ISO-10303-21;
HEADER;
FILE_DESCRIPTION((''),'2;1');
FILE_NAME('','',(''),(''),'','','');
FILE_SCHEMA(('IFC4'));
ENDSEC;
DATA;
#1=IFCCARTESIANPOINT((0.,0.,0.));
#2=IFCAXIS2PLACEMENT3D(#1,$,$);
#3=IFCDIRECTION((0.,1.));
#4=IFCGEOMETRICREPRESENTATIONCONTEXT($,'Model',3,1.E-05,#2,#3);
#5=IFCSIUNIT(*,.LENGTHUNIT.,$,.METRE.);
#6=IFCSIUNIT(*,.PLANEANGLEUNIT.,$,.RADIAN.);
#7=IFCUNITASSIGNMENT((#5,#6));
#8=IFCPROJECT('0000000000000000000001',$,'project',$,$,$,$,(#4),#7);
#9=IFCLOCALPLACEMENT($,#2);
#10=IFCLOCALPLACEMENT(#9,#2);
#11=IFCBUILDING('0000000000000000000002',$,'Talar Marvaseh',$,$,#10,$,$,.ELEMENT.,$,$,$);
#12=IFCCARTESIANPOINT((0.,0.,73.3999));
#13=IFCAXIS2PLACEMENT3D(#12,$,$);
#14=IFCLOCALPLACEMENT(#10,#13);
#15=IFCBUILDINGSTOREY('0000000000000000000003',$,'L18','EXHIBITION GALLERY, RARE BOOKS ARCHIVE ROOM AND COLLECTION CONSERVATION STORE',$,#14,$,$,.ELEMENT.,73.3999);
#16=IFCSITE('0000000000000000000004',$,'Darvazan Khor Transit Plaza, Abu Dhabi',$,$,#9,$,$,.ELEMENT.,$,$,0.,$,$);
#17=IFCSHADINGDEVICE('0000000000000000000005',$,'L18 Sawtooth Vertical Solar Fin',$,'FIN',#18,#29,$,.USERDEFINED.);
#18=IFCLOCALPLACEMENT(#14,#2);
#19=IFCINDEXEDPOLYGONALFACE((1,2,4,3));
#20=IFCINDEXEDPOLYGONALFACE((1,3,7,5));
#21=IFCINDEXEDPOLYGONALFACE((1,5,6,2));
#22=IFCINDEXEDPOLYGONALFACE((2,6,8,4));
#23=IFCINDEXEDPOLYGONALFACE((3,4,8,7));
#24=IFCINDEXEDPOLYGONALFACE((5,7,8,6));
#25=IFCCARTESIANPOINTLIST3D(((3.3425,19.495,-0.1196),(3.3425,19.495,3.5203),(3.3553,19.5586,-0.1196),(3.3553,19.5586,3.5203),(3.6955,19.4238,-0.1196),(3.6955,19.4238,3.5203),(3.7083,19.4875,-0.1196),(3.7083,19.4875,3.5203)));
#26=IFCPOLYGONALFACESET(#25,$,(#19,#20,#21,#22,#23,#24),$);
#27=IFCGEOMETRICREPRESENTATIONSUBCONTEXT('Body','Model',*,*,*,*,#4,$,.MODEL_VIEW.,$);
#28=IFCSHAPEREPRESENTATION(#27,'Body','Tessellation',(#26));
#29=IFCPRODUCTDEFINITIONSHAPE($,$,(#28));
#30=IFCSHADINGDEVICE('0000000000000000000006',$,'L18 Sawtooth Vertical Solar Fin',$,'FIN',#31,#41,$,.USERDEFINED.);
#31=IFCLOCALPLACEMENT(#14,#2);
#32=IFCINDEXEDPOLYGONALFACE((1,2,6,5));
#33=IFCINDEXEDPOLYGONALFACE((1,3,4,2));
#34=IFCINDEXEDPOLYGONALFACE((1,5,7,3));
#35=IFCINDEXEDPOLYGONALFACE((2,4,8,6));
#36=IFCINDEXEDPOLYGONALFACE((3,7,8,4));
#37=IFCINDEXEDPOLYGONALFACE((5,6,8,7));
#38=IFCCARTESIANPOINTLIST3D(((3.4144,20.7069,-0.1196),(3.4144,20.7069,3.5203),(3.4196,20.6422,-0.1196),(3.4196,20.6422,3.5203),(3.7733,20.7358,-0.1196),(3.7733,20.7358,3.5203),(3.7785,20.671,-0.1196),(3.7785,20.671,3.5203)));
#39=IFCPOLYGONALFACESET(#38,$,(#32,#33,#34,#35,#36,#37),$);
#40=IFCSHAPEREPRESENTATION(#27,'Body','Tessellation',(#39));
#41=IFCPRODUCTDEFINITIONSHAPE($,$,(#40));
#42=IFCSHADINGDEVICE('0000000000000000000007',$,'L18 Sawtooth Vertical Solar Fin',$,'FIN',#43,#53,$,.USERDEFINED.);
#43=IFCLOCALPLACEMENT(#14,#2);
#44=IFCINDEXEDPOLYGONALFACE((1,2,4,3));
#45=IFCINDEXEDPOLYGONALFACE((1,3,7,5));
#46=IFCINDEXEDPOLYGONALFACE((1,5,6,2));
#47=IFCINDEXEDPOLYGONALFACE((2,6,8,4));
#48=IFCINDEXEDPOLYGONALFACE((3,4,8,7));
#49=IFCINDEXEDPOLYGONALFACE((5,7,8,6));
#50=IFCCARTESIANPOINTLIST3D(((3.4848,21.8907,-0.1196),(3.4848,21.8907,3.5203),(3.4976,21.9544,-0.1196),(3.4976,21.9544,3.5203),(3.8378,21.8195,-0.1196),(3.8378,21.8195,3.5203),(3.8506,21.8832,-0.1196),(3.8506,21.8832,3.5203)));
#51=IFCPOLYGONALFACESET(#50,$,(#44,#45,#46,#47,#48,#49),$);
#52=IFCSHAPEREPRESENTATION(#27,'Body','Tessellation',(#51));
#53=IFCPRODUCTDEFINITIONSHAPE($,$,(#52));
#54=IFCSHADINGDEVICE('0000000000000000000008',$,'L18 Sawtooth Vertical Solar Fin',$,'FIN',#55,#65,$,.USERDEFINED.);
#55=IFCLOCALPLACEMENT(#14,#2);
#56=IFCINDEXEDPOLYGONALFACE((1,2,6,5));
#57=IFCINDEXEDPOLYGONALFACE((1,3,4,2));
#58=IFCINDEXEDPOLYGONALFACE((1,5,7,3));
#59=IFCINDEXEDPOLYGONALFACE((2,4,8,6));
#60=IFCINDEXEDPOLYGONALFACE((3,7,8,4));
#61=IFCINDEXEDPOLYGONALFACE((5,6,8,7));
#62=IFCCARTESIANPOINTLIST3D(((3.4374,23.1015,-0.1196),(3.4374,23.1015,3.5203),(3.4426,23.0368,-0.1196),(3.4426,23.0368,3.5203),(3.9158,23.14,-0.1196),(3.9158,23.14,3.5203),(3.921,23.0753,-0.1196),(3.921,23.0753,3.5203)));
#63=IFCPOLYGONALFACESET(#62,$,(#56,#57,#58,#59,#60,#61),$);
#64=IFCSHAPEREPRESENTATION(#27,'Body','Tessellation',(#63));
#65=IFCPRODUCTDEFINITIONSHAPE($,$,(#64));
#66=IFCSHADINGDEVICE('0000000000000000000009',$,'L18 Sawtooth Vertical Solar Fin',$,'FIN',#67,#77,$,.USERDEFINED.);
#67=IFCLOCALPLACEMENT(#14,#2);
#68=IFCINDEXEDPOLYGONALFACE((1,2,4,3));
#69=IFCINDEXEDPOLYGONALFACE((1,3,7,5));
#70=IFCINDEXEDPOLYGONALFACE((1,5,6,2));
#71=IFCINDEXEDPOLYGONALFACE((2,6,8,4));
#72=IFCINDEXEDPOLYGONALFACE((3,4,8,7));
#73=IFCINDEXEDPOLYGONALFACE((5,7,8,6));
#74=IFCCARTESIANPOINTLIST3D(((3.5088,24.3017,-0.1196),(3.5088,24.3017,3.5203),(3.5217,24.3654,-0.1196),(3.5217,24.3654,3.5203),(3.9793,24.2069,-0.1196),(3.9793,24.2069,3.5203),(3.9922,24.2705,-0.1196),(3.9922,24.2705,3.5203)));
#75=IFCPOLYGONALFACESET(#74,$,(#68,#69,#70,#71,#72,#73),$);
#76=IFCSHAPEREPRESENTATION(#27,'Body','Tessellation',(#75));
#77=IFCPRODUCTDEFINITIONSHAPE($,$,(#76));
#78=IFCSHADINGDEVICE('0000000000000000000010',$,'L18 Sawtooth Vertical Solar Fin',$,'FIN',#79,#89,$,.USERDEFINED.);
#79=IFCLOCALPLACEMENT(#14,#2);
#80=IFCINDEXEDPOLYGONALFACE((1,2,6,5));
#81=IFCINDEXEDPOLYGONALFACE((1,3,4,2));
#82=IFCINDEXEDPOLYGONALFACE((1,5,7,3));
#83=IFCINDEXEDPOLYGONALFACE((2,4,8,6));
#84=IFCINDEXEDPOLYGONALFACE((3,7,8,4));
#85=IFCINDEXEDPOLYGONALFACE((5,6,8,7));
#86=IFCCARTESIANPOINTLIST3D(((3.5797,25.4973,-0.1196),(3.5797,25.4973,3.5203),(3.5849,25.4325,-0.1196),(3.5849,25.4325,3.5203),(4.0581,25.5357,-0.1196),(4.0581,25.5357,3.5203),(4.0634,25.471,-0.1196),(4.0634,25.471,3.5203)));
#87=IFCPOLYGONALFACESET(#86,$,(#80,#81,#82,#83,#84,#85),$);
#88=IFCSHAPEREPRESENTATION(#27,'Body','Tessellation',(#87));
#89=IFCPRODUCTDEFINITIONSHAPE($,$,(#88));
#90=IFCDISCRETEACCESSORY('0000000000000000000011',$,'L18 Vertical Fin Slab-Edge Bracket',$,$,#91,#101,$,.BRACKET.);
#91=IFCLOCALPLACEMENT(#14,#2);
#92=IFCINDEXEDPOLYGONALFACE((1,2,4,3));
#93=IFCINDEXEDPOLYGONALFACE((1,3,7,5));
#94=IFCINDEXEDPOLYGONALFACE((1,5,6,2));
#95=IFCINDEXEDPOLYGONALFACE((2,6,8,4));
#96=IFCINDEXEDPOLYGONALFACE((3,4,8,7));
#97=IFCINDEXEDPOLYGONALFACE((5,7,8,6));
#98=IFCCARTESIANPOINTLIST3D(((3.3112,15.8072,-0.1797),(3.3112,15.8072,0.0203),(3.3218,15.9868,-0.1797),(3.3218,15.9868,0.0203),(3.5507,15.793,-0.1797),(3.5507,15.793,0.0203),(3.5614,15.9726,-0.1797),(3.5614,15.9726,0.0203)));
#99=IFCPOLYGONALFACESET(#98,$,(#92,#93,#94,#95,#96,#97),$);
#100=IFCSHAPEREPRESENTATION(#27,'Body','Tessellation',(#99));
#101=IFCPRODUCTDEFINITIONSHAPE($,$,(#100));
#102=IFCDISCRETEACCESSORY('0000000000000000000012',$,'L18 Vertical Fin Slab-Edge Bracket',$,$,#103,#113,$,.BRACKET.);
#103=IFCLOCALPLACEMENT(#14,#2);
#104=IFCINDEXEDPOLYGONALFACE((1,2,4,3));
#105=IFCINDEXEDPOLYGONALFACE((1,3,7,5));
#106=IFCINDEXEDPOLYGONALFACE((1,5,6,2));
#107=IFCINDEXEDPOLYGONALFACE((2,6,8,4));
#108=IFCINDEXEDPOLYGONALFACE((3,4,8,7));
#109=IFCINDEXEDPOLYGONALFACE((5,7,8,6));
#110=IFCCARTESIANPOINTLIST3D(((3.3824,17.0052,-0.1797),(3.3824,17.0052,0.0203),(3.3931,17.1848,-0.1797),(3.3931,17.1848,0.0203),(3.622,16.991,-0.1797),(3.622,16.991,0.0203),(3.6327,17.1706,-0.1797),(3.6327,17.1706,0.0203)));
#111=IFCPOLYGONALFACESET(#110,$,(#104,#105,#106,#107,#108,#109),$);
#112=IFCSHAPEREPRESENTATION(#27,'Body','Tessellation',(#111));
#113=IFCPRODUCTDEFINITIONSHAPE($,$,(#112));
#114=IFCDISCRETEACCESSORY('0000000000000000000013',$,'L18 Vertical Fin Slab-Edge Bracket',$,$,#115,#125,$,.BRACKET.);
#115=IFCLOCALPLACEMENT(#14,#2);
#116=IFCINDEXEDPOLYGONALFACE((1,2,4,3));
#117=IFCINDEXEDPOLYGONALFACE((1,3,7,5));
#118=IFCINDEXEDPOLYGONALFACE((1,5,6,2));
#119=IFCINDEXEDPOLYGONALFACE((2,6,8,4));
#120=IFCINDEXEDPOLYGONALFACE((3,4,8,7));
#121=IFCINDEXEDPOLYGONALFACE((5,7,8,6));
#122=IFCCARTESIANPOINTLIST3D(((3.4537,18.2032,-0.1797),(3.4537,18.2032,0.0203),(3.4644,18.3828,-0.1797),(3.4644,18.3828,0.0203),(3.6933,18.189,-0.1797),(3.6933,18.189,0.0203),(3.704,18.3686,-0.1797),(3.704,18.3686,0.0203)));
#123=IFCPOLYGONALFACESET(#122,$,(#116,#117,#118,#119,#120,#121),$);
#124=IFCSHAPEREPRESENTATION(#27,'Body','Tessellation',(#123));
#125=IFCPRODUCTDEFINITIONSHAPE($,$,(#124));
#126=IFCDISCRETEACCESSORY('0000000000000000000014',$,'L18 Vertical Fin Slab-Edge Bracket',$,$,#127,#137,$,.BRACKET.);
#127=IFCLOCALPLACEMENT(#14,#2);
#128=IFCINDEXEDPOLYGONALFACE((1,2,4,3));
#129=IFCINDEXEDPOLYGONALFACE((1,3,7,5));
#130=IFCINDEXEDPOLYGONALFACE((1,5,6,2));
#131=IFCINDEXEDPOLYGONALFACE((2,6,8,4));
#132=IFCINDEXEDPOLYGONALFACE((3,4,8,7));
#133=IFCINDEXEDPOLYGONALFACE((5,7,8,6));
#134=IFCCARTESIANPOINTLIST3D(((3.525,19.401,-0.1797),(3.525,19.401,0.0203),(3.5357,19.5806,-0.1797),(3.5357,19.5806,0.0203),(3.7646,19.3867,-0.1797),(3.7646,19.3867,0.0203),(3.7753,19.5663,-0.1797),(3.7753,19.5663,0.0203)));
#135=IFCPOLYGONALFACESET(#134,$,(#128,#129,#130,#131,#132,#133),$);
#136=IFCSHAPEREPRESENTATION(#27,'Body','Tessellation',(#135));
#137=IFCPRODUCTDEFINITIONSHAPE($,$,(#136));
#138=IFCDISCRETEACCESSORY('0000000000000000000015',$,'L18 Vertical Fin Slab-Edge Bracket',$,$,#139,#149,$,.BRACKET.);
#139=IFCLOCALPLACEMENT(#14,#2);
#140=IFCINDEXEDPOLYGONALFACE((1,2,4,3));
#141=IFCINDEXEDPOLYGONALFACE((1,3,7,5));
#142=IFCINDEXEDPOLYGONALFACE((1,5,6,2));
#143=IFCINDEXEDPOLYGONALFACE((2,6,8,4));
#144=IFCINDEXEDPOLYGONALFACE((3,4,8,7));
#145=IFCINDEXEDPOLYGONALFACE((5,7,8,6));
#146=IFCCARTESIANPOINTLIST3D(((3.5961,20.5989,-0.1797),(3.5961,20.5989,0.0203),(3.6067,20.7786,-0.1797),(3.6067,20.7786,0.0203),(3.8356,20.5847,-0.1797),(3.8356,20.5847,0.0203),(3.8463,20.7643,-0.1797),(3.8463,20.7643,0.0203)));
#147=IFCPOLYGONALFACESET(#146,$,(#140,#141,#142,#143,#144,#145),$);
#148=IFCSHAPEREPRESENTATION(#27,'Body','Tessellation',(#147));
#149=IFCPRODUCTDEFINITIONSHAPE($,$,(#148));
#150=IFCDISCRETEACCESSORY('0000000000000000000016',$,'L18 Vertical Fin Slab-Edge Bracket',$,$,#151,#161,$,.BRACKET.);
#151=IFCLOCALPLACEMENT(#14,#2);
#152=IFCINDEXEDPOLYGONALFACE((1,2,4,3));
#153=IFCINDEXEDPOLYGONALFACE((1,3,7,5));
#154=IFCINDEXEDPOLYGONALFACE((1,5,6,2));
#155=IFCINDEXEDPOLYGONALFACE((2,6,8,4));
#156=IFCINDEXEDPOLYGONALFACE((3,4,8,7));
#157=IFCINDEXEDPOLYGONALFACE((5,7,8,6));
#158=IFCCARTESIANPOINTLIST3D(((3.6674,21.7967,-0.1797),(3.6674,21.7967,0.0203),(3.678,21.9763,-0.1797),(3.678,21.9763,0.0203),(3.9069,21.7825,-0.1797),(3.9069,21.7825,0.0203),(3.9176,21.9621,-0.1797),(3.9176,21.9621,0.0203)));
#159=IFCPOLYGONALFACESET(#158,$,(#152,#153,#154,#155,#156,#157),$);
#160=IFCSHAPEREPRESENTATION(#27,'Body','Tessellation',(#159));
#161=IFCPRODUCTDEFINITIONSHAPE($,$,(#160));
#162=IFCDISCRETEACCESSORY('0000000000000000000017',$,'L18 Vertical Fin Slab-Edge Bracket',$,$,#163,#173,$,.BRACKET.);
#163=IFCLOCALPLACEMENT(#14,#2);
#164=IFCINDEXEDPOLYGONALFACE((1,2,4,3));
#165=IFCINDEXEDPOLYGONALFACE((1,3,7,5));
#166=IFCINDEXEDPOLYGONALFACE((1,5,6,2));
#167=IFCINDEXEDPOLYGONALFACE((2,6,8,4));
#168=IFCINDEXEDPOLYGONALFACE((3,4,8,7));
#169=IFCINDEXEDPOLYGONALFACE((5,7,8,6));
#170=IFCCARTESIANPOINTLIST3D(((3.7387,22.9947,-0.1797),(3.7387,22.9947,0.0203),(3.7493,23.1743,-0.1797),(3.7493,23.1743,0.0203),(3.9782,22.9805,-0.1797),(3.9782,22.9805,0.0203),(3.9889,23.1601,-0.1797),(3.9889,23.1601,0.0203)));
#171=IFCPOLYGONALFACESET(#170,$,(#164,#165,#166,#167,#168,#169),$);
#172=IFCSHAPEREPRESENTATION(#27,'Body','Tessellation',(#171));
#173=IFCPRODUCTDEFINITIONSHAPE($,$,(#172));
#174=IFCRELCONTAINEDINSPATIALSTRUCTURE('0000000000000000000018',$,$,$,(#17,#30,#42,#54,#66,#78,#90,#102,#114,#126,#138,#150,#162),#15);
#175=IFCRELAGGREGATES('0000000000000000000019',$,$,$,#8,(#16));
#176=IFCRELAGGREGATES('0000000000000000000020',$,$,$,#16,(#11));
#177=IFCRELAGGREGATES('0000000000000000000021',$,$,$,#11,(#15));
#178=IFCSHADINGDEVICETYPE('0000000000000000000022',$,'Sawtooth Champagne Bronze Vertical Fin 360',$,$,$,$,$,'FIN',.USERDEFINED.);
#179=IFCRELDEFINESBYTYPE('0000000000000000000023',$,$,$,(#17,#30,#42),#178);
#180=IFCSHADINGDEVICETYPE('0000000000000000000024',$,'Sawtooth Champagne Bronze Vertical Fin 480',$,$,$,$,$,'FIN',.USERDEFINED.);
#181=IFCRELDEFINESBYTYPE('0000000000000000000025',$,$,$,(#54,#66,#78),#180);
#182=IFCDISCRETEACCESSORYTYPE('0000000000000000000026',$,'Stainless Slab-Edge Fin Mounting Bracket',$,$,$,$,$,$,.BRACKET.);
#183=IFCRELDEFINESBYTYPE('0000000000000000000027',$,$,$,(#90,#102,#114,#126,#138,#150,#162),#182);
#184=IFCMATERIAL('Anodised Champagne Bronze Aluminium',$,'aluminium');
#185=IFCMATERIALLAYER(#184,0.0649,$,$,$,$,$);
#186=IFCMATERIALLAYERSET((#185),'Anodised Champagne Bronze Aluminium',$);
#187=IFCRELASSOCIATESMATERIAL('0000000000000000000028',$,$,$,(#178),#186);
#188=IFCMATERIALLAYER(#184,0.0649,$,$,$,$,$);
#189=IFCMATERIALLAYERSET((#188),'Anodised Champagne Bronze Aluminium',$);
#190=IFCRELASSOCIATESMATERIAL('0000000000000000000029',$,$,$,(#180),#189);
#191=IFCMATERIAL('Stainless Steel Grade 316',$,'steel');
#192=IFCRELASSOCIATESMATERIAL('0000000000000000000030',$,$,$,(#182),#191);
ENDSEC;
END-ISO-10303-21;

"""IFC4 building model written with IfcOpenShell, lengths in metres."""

from ifc_helpers import new_model, si_unit, direction, frame, origin, origin_2d, place, context, subcontext, project, spatial, rectangle, extrude, source, transform, mapped, material, layer, layer_set, type_object, type_shapes, element, save


model = new_model("IFC4")

# Units and contexts
model_context = context("Model", 3, precision=1e-05, world=origin(), true_north=direction((0.0, 1.0)))
body_context = subcontext(model_context, "Body", "Model", "MODEL_VIEW")
ifc_project = project(units=[si_unit("LENGTHUNIT", "METRE"), si_unit("PLANEANGLEUNIT", "RADIAN")], contexts=[model_context])

# Site, building, storey
site_placement = place(None, origin())
site = spatial("IfcSite", under=ifc_project, at=site_placement, Name="Darvazan Khor Transit Plaza, Abu Dhabi", CompositionType="ELEMENT", RefElevation=0.0)
building_placement = place(site_placement, origin())
building = spatial("IfcBuilding", under=site, at=building_placement, Name="Talar Marvaseh", CompositionType="ELEMENT")
storey_placement = place(building_placement, frame((0.0, 0.0, 73.3999)))
storey = spatial("IfcBuildingStorey", under=building, at=storey_placement, Name="L18", Description="EXHIBITION GALLERY, RARE BOOKS ARCHIVE ROOM AND COLLECTION CONSERVATION STORE", CompositionType="ELEMENT", Elevation=73.3999)

# Shading devices
ifc_material_1 = material(Name="Anodised Champagne Bronze Aluminium", Category="aluminium")
ifc_layer_1 = layer(ifc_material_1, 0.0649)
ifc_layer_set_1 = layer_set([ifc_layer_1], Name="Anodised Champagne Bronze Aluminium")
shading_device_type_1 = type_object("IfcShadingDeviceType", Name="Sawtooth Champagne Bronze Vertical Fin 360", ElementType="FIN", PredefinedType="USERDEFINED", material=ifc_layer_set_1)
shared_shape_1 = source(origin(), body_context, "Body", "SweptSolid", [
    extrude(rectangle(XDim=0.3601, YDim=0.0649, at=origin_2d()), origin(), (0.0, 0.0, 1.0), 3.6399),
])
type_shapes(shading_device_type_1, [shared_shape_1])
for number, where, z_axis, x_axis, name in (
    (1, (3.5254, 19.4912, -0.1196), (0.0, 0.0, 1.0), (-0.980271, 0.197657, 0.0), "L18 Sawtooth Vertical Solar Fin"),
    (2, (3.5964, 20.689, -0.1196), (0.0, 0.0, 1.0), (-0.996779, -0.080199, 0.0), "L18 Sawtooth Vertical Solar Fin"),
    (3, (3.6677, 21.887, -0.1196), (0.0, 0.0, 1.0), (-0.980271, 0.197657, 0.0), "L18 Sawtooth Vertical Solar Fin"),
):
    element("IfcShadingDevice", number, at=place(storey_placement, frame(where, z_axis=z_axis, x_axis=x_axis)), inside=storey, type_object=shading_device_type_1, Name=name, ObjectType="FIN", PredefinedType="USERDEFINED", context=body_context, shape_type="MappedRepresentation", body=[
        mapped(shared_shape_1, transform((0.0, 0.0, 0.0), x_axis=(1.0, 0.0, 0.0), y_axis=(0.0, 1.0, 0.0), z_axis=(0.0, 0.0, 1.0), scale=1.0)),
    ])
ifc_layer_2 = layer(ifc_material_1, 0.0649)
ifc_layer_set_2 = layer_set([ifc_layer_2], Name="Anodised Champagne Bronze Aluminium")
shading_device_type_2 = type_object("IfcShadingDeviceType", Name="Sawtooth Champagne Bronze Vertical Fin 480", ElementType="FIN", PredefinedType="USERDEFINED", material=ifc_layer_set_2)
shared_shape_2 = source(origin(), body_context, "Body", "SweptSolid", [
    extrude(rectangle(XDim=0.48, YDim=0.0649, at=origin_2d()), origin(), (0.0, 0.0, 1.0), 3.6399),
])
type_shapes(shading_device_type_2, [shared_shape_2])
for number, where, z_axis, x_axis, name in (
    (4, (3.6792, 23.0884, -0.1196), (0.0, 0.0, 1.0), (-0.996779, -0.080199, 0.0), "L18 Sawtooth Vertical Solar Fin"),
    (5, (3.7505, 24.2861, -0.1196), (0.0, 0.0, 1.0), (-0.980271, 0.197657, 0.0), "L18 Sawtooth Vertical Solar Fin"),
    (6, (3.8215, 25.4841, -0.1196), (0.0, 0.0, 1.0), (-0.996779, -0.080199, 0.0), "L18 Sawtooth Vertical Solar Fin"),
):
    element("IfcShadingDevice", number, at=place(storey_placement, frame(where, z_axis=z_axis, x_axis=x_axis)), inside=storey, type_object=shading_device_type_2, Name=name, ObjectType="FIN", PredefinedType="USERDEFINED", context=body_context, shape_type="MappedRepresentation", body=[
        mapped(shared_shape_2, transform((0.0, 0.0, 0.0), x_axis=(1.0, 0.0, 0.0), y_axis=(0.0, 1.0, 0.0), z_axis=(0.0, 0.0, 1.0), scale=1.0)),
    ])

# Discrete accessories
ifc_material_2 = material(Name="Stainless Steel Grade 316", Category="steel")
discrete_accessory_type = type_object("IfcDiscreteAccessoryType", Name="Stainless Slab-Edge Fin Mounting Bracket", PredefinedType="BRACKET", material=ifc_material_2)
shared_shape_3 = source(origin(), body_context, "Body", "SweptSolid", [
    extrude(rectangle(XDim=0.24, YDim=0.1799, at=origin_2d()), origin(), (0.0, 0.0, 1.0), 0.2),
])
type_shapes(discrete_accessory_type, [shared_shape_3])
for number, where, z_axis, x_axis, name in (
    (7, (3.4363, 15.8899, -0.1797), (0.0, 0.0, 1.0), (-0.99824, 0.059306, 0.0), "L18 Vertical Fin Slab-Edge Bracket"),
    (8, (3.5076, 17.0879, -0.1797), (0.0, 0.0, 1.0), (-0.99824, 0.059306, 0.0), "L18 Vertical Fin Slab-Edge Bracket"),
    (9, (3.5789, 18.2859, -0.1797), (0.0, 0.0, 1.0), (-0.99824, 0.059306, 0.0), "L18 Vertical Fin Slab-Edge Bracket"),
    (10, (3.6501, 19.4836, -0.1797), (0.0, 0.0, 1.0), (-0.99824, 0.059306, 0.0), "L18 Vertical Fin Slab-Edge Bracket"),
    (11, (3.7212, 20.6816, -0.1797), (0.0, 0.0, 1.0), (-0.99824, 0.059306, 0.0), "L18 Vertical Fin Slab-Edge Bracket"),
    (12, (3.7925, 21.8794, -0.1797), (0.0, 0.0, 1.0), (-0.99824, 0.059306, 0.0), "L18 Vertical Fin Slab-Edge Bracket"),
    (13, (3.8638, 23.0774, -0.1797), (0.0, 0.0, 1.0), (-0.99824, 0.059306, 0.0), "L18 Vertical Fin Slab-Edge Bracket"),
):
    element("IfcDiscreteAccessory", number, at=place(storey_placement, frame(where, z_axis=z_axis, x_axis=x_axis)), inside=storey, type_object=discrete_accessory_type, Name=name, PredefinedType="BRACKET", context=body_context, shape_type="MappedRepresentation", body=[
        mapped(shared_shape_3, transform((0.0, 0.0, 0.0), x_axis=(1.0, 0.0, 0.0), y_axis=(0.0, 1.0, 0.0), z_axis=(0.0, 0.0, 1.0), scale=1.0)),
    ])

save(model, "model.ifc")
